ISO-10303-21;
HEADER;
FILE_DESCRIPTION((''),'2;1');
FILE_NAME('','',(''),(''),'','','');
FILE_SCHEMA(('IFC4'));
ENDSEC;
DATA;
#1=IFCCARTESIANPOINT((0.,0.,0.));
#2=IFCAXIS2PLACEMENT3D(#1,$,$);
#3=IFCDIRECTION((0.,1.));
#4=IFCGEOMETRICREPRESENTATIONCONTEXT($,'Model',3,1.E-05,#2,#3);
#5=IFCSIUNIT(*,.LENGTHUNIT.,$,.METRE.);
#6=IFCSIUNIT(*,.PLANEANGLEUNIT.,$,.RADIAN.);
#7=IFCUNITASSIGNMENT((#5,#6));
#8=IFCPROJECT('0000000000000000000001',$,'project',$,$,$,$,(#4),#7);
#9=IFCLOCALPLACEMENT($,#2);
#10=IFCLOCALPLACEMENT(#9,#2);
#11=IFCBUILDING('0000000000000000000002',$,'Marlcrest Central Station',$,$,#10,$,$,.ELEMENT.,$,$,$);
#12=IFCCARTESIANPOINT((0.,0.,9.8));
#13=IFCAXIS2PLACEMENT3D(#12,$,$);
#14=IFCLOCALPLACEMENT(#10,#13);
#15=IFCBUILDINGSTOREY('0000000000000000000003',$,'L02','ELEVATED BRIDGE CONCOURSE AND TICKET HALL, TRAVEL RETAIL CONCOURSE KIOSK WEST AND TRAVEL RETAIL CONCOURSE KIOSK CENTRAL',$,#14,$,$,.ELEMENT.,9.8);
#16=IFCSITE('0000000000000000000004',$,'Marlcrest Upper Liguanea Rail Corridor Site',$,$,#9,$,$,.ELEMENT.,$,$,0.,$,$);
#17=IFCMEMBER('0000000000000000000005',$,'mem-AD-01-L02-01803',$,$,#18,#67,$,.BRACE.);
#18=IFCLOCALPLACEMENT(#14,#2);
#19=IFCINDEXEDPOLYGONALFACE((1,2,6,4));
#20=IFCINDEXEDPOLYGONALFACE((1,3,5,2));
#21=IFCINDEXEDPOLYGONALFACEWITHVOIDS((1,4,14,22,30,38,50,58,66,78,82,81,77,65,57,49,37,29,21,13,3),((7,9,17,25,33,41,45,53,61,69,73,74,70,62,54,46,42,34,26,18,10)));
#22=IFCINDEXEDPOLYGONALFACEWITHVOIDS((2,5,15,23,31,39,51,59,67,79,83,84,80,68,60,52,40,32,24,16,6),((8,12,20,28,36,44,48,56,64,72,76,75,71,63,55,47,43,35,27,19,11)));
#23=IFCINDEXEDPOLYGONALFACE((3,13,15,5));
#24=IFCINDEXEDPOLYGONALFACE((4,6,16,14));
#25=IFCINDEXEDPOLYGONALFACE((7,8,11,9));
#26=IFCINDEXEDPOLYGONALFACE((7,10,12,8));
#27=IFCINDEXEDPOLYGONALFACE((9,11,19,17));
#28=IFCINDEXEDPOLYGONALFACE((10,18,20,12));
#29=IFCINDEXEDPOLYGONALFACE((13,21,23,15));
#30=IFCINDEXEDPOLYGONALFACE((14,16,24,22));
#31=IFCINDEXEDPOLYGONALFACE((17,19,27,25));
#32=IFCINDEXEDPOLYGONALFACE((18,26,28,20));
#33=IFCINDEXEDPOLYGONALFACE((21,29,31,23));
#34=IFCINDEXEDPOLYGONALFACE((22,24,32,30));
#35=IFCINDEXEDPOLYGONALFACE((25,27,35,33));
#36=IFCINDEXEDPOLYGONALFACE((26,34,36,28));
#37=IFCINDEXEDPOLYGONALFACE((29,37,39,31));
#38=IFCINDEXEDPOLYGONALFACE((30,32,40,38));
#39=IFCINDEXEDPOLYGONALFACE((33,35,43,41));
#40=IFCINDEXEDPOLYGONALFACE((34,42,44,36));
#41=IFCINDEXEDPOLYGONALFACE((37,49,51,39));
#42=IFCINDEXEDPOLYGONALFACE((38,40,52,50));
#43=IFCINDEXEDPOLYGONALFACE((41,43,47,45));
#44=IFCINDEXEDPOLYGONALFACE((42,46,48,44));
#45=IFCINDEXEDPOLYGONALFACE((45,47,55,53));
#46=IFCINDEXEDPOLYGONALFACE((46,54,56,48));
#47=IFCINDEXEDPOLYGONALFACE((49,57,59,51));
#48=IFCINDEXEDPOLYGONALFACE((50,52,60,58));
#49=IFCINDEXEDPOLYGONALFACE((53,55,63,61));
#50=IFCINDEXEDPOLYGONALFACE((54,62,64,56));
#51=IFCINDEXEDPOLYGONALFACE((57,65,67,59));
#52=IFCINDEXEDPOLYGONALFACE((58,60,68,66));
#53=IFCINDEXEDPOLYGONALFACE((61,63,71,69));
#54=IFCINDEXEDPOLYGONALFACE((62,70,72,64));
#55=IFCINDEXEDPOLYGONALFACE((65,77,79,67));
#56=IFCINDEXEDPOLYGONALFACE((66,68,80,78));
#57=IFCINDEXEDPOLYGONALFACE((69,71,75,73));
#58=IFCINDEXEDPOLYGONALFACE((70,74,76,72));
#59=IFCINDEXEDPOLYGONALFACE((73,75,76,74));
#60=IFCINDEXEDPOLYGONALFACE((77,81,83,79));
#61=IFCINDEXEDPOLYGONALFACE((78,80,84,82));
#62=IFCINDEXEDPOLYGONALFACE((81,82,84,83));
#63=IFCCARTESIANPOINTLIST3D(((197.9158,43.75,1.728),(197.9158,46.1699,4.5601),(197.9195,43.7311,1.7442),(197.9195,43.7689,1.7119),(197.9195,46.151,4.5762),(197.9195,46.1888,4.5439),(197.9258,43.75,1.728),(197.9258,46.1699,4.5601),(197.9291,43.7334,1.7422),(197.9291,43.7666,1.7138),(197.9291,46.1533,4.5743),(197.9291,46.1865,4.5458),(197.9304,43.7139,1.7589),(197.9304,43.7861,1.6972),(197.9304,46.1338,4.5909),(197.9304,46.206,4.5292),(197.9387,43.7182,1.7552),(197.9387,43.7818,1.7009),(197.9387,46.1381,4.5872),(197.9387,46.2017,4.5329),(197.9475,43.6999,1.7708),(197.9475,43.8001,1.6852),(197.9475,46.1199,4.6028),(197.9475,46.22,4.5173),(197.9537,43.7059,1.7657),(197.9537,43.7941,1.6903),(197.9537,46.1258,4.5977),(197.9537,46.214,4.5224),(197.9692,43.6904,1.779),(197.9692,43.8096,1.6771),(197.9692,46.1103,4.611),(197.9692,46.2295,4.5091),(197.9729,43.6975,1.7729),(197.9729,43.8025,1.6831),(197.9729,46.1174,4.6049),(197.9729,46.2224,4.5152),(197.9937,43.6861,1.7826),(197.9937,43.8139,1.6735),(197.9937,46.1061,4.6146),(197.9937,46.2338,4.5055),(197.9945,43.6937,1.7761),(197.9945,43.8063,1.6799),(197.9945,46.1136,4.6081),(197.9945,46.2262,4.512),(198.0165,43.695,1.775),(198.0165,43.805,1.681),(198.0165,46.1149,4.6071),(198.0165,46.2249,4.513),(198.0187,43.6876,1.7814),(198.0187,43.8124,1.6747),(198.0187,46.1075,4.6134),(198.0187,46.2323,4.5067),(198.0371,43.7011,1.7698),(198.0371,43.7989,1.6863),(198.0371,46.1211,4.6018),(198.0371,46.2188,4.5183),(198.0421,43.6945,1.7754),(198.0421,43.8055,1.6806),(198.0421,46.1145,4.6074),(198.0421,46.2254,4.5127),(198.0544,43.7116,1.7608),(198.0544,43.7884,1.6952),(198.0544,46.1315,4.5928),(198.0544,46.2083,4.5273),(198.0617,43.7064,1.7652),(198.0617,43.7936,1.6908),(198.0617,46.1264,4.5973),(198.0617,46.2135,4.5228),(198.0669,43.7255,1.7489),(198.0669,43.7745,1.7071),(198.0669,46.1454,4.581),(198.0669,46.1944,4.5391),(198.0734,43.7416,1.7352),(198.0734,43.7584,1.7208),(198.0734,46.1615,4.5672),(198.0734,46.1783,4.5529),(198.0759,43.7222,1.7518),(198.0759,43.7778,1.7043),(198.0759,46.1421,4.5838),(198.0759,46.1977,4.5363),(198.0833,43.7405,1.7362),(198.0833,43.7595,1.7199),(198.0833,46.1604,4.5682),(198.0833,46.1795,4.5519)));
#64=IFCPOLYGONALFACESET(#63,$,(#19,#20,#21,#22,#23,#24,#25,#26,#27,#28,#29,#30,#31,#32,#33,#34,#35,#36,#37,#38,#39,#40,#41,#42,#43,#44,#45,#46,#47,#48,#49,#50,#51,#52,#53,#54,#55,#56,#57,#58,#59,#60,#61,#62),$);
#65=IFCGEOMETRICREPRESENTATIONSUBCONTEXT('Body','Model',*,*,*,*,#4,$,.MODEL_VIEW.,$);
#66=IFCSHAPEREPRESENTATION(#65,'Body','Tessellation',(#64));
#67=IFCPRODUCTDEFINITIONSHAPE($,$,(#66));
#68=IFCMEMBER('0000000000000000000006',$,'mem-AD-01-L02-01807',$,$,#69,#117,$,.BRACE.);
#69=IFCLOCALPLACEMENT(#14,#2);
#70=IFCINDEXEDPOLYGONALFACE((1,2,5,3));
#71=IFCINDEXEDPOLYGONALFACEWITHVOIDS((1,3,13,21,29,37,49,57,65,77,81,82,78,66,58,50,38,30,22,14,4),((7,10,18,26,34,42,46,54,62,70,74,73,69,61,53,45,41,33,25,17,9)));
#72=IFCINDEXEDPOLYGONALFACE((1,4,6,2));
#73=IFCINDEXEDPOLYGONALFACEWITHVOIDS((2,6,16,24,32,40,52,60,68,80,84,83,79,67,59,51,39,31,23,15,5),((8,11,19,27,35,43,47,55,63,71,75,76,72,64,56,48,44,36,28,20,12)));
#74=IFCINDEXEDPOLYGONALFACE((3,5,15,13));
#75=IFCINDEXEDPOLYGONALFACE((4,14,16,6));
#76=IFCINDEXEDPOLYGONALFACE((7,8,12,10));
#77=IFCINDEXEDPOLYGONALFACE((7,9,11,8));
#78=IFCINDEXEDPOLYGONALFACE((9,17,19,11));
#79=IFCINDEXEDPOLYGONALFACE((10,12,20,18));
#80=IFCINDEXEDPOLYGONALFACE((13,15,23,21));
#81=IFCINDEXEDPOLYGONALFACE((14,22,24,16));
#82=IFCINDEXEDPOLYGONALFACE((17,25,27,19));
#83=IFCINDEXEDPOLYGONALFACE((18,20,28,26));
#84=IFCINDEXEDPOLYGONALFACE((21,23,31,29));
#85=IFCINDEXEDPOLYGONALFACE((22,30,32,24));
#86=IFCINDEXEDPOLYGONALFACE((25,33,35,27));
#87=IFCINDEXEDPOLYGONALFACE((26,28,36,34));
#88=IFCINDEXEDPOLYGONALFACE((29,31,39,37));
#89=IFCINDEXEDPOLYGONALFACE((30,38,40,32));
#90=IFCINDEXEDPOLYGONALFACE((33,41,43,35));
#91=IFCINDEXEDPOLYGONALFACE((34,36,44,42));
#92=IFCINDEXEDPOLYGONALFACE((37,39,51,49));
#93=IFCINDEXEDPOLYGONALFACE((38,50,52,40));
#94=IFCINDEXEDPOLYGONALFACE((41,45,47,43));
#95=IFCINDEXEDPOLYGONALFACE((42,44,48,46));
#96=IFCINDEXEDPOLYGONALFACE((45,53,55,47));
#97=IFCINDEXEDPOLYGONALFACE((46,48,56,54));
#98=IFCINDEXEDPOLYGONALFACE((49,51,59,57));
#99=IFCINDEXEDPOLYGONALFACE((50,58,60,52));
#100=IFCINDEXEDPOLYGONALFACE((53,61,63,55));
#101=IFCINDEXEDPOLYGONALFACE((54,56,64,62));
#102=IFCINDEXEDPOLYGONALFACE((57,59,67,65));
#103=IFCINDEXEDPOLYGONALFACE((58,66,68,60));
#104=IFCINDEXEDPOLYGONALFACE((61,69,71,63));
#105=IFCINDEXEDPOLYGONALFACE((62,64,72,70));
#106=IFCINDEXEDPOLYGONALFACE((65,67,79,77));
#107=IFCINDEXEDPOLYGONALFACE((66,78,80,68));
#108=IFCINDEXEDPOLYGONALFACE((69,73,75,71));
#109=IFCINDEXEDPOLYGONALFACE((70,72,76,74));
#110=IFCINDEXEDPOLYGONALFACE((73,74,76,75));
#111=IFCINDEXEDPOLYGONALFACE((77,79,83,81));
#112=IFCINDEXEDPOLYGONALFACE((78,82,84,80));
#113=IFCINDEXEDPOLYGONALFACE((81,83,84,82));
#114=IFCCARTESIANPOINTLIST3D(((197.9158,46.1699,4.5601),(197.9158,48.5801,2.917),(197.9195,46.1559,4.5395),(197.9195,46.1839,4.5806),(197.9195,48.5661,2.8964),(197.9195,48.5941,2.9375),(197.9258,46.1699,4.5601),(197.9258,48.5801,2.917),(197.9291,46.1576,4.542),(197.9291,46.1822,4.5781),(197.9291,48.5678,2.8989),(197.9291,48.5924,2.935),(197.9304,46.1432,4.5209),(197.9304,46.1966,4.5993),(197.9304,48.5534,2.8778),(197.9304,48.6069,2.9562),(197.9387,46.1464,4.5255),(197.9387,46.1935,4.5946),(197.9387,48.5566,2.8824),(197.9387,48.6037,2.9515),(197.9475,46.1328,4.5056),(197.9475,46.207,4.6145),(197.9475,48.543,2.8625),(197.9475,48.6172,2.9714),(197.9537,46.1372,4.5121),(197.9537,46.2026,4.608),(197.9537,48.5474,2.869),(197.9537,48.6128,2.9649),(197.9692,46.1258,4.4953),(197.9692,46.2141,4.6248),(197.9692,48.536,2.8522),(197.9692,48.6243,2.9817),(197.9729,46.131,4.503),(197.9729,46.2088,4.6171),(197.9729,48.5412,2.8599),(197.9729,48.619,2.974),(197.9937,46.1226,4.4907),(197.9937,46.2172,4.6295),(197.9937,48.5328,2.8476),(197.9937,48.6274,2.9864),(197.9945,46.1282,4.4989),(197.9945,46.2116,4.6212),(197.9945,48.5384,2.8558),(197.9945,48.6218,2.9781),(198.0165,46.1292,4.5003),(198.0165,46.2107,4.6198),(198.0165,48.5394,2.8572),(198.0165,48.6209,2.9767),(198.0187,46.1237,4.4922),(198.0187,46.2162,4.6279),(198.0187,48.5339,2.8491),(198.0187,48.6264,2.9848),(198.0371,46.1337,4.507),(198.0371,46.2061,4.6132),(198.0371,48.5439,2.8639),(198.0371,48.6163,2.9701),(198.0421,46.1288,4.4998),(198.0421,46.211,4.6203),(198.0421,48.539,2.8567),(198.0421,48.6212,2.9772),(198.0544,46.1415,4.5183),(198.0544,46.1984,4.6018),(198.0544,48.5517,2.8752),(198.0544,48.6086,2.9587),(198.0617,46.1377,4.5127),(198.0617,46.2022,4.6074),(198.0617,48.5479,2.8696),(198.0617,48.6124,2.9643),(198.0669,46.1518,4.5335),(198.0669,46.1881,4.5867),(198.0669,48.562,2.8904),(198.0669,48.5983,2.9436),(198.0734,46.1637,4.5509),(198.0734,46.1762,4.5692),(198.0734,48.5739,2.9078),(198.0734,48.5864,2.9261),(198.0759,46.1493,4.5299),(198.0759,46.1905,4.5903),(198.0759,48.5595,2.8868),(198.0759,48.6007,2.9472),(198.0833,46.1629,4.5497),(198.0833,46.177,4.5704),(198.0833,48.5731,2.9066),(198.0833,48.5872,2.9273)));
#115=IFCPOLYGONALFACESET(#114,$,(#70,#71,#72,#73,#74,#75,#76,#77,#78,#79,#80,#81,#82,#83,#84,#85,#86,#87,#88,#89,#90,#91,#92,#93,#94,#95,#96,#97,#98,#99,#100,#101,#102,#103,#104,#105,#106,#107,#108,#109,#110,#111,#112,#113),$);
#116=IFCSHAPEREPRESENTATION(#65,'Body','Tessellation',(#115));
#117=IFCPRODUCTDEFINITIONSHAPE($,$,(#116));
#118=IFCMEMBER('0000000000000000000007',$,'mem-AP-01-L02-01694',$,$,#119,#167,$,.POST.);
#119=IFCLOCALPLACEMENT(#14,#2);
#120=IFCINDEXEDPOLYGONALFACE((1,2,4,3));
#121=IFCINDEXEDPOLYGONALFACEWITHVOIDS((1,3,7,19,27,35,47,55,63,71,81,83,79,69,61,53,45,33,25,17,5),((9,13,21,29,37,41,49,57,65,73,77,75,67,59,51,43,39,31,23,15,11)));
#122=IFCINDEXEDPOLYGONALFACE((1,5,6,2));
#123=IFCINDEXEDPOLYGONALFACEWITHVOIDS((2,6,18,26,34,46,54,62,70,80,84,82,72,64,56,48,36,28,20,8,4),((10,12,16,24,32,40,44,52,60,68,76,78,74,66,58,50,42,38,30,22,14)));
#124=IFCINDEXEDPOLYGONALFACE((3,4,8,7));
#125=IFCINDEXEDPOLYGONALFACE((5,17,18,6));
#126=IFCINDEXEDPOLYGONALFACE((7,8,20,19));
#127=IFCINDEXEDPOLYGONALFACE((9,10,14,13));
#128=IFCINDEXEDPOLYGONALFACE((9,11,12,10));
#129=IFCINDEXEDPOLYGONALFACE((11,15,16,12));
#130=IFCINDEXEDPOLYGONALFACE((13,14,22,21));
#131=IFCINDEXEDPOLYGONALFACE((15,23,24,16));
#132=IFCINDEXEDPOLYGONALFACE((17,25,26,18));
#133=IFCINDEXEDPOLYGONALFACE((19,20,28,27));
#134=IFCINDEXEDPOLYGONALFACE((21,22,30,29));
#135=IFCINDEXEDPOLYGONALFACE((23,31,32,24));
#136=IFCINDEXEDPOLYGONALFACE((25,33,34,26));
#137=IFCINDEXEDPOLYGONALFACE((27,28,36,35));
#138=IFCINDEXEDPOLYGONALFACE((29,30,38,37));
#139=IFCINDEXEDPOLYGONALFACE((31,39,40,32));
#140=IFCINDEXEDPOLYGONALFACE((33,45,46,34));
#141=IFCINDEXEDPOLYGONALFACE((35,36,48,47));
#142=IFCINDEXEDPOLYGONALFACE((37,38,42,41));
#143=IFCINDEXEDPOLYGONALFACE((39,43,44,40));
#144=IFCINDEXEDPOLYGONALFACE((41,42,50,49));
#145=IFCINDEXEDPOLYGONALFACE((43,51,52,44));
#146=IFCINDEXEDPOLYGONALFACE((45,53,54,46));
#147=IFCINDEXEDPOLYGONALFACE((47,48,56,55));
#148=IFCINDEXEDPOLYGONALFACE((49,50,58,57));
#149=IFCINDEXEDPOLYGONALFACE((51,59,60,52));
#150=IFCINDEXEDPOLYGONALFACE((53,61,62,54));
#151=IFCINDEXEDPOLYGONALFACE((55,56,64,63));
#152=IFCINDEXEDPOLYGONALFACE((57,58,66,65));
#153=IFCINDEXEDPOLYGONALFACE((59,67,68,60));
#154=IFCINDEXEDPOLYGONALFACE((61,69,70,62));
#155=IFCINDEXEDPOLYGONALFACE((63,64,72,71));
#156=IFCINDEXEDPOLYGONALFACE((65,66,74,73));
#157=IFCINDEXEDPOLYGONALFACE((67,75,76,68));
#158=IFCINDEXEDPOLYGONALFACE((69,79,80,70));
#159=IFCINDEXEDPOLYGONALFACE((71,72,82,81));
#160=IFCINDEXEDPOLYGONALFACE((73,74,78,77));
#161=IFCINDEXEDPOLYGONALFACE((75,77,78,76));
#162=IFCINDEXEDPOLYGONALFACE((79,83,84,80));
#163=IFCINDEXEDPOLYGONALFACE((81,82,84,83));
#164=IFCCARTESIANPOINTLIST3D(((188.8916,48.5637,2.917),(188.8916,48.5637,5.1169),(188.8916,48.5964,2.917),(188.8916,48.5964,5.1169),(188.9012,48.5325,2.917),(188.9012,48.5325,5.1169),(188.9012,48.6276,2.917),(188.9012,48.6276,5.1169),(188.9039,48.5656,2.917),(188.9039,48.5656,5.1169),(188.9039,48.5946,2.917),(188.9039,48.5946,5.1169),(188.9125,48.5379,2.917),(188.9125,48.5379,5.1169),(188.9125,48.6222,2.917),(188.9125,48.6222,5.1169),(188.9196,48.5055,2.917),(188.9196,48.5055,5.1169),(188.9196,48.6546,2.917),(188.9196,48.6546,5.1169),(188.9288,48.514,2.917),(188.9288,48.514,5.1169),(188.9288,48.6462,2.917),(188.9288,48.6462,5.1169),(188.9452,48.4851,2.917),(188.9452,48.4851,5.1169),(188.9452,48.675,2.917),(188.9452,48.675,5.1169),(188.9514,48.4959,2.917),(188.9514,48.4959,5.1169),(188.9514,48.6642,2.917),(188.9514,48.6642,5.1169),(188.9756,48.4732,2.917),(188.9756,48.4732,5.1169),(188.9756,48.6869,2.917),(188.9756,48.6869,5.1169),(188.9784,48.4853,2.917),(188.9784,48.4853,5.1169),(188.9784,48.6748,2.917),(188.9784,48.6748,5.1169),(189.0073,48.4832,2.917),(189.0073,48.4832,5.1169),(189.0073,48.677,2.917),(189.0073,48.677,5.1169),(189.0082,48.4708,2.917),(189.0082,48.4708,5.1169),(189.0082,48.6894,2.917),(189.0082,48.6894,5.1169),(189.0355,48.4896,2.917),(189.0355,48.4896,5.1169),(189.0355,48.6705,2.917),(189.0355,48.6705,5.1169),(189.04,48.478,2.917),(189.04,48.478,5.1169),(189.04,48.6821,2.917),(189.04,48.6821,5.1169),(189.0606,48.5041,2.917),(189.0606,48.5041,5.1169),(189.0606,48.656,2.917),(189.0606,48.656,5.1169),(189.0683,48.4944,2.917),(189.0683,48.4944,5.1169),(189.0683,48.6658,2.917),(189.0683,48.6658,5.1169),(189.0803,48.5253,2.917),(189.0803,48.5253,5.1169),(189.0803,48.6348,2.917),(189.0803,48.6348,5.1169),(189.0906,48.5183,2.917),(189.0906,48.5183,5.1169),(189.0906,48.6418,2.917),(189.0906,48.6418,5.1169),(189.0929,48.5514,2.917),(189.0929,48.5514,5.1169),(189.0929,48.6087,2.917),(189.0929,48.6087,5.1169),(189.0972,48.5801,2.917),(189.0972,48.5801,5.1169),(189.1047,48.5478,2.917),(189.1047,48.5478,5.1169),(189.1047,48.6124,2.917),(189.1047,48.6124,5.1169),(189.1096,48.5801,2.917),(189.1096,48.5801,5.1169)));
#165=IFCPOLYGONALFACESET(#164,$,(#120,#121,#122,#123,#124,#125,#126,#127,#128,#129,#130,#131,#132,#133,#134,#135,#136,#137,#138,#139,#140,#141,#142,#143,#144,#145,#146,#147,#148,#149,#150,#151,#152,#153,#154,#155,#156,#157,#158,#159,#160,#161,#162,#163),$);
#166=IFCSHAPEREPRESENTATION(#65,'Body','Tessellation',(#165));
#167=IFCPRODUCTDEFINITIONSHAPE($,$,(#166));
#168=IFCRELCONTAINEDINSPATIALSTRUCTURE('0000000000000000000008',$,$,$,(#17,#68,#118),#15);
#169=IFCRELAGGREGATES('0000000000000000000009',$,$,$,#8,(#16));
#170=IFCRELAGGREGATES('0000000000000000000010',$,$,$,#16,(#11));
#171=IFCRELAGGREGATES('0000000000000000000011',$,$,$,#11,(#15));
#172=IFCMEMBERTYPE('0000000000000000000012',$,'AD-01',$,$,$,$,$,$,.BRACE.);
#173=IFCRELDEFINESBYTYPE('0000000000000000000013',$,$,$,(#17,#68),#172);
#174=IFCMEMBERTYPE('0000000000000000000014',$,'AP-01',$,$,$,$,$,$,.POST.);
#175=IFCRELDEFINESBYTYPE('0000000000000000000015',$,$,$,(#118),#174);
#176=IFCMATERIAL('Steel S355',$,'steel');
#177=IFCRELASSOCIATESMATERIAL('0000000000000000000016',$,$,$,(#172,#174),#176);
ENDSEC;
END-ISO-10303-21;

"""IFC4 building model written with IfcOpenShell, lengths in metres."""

from ifc_helpers import new_model, si_unit, direction, frame, origin, origin_2d, place, context, subcontext, project, spatial, hollow_circle, extrude, material, material_profile, profile_set, type_object, element, save


model = new_model("IFC4")

# Units and contexts
model_context = context("Model", 3, precision=1e-05, world=origin(), true_north=direction((0.0, 1.0)))
body_context = subcontext(model_context, "Body", "Model", "MODEL_VIEW")
ifc_project = project(units=[si_unit("LENGTHUNIT", "METRE"), si_unit("PLANEANGLEUNIT", "RADIAN")], contexts=[model_context])

# Site, building, storey
site_placement = place(None, origin())
site = spatial("IfcSite", under=ifc_project, at=site_placement, Name="Marlcrest Upper Liguanea Rail Corridor Site", CompositionType="ELEMENT", RefElevation=0.0)
building_placement = place(site_placement, origin())
building = spatial("IfcBuilding", under=site, at=building_placement, Name="Marlcrest Central Station", CompositionType="ELEMENT")
storey_placement = place(building_placement, frame((0.0, 0.0, 9.8)))
storey = spatial("IfcBuildingStorey", under=building, at=storey_placement, Name="L02", Description="ELEVATED BRIDGE CONCOURSE AND TICKET HALL, TRAVEL RETAIL CONCOURSE KIOSK WEST AND TRAVEL RETAIL CONCOURSE KIOSK CENTRAL", CompositionType="ELEMENT", Elevation=9.8)

# Members
ifc_material_1 = material(Name="Steel S355", Category="steel")
ifc_material_profile_1 = material_profile(ifc_material_1, hollow_circle(Radius=0.0842, WallThickness=0.01, at=origin_2d()), Name="CHS 168.3x10")
ifc_profile_set_1 = profile_set([ifc_material_profile_1], Name="Steel S355")
member_type_1 = type_object("IfcMemberType", Name="AD-01", PredefinedType="BRACE", material=ifc_profile_set_1)
member_1_placement = place(storey_placement, frame((198.0, 43.75, 1.728), z_axis=(0.0, 0.649625, 0.760255), x_axis=(-1.0, 0.0, 0.0)))
element("IfcMember", 1, at=member_1_placement, inside=storey, type_object=member_type_1, Name="mem-AD-01-L02-01803", PredefinedType="BRACE", context=body_context, shape_type="SweptSolid", body=[
    extrude(hollow_circle(Radius=0.0842, WallThickness=0.01, at=origin_2d()), origin(), (0.0, 0.0, 1.0), 3.7251),
])
member_2_placement = place(storey_placement, frame((198.0, 46.1699, 4.5601), z_axis=(0.0, 0.826263, -0.563285), x_axis=(-1.0, 0.0, 0.0)))
element("IfcMember", 2, at=member_2_placement, inside=storey, type_object=member_type_1, Name="mem-AD-01-L02-01807", PredefinedType="BRACE", context=body_context, shape_type="SweptSolid", body=[
    extrude(hollow_circle(Radius=0.0842, WallThickness=0.01, at=origin_2d()), origin(), (0.0, 0.0, 1.0), 2.917),
])
ifc_material_profile_2 = material_profile(ifc_material_1, hollow_circle(Radius=0.1096, WallThickness=0.0125, at=origin_2d()), Name="CHS 219.1x12.5")
ifc_profile_set_2 = profile_set([ifc_material_profile_2], Name="Steel S355")
member_type_2 = type_object("IfcMemberType", Name="AP-01", PredefinedType="POST", material=ifc_profile_set_2)
for number, where, z_axis, x_axis, name in (
    (3, (189.0, 48.5801, 2.917), (0.0, 0.0, 1.0), (1.0, 0.0, 0.0), "mem-AP-01-L02-01694"),
):
    element("IfcMember", number, at=place(storey_placement, frame(where, z_axis=z_axis, x_axis=x_axis)), inside=storey, type_object=member_type_2, Name=name, PredefinedType="POST", context=body_context, shape_type="SweptSolid", body=[
        extrude(hollow_circle(Radius=0.1096, WallThickness=0.0125, at=origin_2d()), origin(), (0.0, 0.0, 1.0), 2.2),
    ])

save(model, "model.ifc")
